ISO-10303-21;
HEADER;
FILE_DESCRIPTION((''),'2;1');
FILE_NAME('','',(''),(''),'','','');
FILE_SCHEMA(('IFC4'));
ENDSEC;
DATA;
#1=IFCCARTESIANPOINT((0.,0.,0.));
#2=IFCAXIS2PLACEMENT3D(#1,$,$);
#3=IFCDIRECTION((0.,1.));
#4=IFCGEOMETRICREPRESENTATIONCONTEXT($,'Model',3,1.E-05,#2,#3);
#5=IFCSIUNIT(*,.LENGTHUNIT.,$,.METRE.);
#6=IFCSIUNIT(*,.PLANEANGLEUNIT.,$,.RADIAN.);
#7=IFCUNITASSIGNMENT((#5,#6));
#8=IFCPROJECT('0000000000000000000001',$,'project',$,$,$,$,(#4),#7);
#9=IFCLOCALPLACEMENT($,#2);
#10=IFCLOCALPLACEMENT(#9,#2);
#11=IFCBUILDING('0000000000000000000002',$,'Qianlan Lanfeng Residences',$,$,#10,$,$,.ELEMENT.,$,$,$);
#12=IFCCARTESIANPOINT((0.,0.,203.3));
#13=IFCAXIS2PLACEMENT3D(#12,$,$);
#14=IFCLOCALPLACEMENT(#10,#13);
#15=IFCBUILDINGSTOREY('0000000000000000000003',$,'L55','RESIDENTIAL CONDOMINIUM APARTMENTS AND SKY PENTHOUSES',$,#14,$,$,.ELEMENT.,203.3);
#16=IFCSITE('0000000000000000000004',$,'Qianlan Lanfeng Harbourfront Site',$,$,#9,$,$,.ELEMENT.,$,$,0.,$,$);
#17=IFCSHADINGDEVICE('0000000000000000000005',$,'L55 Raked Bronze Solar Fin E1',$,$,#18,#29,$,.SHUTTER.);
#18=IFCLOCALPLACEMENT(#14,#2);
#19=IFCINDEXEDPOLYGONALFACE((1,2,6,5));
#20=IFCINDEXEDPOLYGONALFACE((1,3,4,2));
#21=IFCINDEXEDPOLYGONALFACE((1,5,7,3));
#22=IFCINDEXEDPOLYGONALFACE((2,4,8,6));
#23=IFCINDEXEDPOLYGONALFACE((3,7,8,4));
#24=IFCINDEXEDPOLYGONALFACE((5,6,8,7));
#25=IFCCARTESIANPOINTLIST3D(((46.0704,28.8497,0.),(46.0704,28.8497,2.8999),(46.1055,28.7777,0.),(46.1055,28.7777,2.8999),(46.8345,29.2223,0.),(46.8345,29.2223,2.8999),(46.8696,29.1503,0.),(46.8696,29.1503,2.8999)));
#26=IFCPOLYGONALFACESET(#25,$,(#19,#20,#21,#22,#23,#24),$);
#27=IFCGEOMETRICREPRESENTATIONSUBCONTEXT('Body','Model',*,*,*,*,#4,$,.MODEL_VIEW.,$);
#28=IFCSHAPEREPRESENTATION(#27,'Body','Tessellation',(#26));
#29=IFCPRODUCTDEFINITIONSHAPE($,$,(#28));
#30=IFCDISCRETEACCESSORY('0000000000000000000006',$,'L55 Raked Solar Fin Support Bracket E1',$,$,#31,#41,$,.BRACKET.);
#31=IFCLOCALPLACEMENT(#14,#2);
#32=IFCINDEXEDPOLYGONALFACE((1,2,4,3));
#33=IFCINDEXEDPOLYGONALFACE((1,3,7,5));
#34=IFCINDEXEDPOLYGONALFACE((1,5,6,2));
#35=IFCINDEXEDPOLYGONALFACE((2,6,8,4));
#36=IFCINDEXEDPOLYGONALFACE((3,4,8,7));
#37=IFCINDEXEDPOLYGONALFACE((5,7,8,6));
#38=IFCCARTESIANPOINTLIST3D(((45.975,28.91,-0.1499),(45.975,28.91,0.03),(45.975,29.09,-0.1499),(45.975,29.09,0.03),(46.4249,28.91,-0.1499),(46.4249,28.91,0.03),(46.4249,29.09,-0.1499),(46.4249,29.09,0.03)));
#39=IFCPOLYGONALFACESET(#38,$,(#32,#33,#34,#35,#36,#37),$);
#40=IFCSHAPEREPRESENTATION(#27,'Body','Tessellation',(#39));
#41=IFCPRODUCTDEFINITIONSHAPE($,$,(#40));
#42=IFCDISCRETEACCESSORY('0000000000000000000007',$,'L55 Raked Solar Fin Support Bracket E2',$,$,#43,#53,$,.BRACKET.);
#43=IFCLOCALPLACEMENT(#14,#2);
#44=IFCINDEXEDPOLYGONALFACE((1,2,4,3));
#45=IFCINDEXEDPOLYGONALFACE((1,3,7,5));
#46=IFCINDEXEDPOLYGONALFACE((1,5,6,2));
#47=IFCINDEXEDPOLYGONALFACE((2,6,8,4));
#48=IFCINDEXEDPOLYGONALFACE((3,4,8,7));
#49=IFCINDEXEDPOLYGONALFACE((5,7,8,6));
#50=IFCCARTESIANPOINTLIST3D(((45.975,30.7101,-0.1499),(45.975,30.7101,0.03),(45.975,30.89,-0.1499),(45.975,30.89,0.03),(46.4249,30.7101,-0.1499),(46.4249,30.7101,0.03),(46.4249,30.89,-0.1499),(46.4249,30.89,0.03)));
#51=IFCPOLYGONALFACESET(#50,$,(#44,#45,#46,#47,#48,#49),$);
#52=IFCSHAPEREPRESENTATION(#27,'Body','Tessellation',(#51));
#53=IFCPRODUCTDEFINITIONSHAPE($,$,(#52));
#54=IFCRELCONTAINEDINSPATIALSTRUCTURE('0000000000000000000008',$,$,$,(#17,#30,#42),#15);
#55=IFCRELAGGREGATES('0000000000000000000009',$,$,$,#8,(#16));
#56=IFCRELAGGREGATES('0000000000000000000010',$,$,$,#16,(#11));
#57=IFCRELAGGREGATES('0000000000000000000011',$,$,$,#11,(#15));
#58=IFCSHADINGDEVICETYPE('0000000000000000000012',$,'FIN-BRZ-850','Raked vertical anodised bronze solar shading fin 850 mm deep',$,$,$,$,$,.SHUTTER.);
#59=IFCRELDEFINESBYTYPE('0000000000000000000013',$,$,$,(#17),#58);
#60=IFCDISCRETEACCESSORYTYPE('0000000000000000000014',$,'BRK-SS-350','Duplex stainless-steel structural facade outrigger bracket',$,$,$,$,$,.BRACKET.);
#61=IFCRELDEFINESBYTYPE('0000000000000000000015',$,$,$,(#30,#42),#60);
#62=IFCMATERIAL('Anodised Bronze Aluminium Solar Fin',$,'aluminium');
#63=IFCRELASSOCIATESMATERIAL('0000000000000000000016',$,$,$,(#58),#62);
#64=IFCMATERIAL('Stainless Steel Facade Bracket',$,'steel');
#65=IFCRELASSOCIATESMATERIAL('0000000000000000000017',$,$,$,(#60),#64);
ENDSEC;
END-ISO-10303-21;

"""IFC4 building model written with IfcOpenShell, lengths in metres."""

from ifc_helpers import new_model, si_unit, direction, frame, origin, origin_2d, place, context, subcontext, project, spatial, rectangle, extrude, source, transform, mapped, material, type_object, element, save


model = new_model("IFC4")

# Units and contexts
model_context = context("Model", 3, precision=1e-05, world=origin(), true_north=direction((0.0, 1.0)))
body_context = subcontext(model_context, "Body", "Model", "MODEL_VIEW")
ifc_project = project(units=[si_unit("LENGTHUNIT", "METRE"), si_unit("PLANEANGLEUNIT", "RADIAN")], contexts=[model_context])

# Site, building, storey
site_placement = place(None, origin())
site = spatial("IfcSite", under=ifc_project, at=site_placement, Name="Qianlan Lanfeng Harbourfront Site", CompositionType="ELEMENT", RefElevation=0.0)
building_placement = place(site_placement, origin())
building = spatial("IfcBuilding", under=site, at=building_placement, Name="Qianlan Lanfeng Residences", CompositionType="ELEMENT")
storey_placement = place(building_placement, frame((0.0, 0.0, 203.3)))
storey = spatial("IfcBuildingStorey", under=building, at=storey_placement, Name="L55", Description="RESIDENTIAL CONDOMINIUM APARTMENTS AND SKY PENTHOUSES", CompositionType="ELEMENT", Elevation=203.3)

# Shading device
ifc_material_1 = material(Name="Anodised Bronze Aluminium Solar Fin", Category="aluminium")
shading_device_type = type_object("IfcShadingDeviceType", Name="FIN-BRZ-850", Description="Raked vertical anodised bronze solar shading fin 850 mm deep", PredefinedType="SHUTTER", material=ifc_material_1)
shared_shape_1 = source(origin(), body_context, "Body", "SweptSolid", [
    extrude(rectangle(XDim=0.8501, YDim=0.0801, at=origin_2d()), origin(), (0.0, 0.0, 1.0), 2.8999),
])
shading_device_placement = place(storey_placement, frame((46.47, 29.0, 0.0), z_axis=(0.0, 0.0, 1.0), x_axis=(0.898794, 0.438371, 0.0)))
element("IfcShadingDevice", 1, at=shading_device_placement, inside=storey, type_object=shading_device_type, Name="L55 Raked Bronze Solar Fin E1", PredefinedType="SHUTTER", context=body_context, shape_type="MappedRepresentation", body=[
    mapped(shared_shape_1, transform((0.0, 0.0, 0.0), scale=1.0)),
])

# Discrete accessories
ifc_material_2 = material(Name="Stainless Steel Facade Bracket", Category="steel")
discrete_accessory_type = type_object("IfcDiscreteAccessoryType", Name="BRK-SS-350", Description="Duplex stainless-steel structural facade outrigger bracket", PredefinedType="BRACKET", material=ifc_material_2)
shared_shape_2 = source(origin(), body_context, "Body", "SweptSolid", [
    extrude(rectangle(XDim=0.45, YDim=0.1799, at=origin_2d()), origin(), (0.0, 0.0, 1.0), 0.1799),
])
for number, where, z_axis, x_axis, name in (
    (2, (46.2, 29.0, -0.1499), (0.0, 0.0, 1.0), (1.0, 0.0, 0.0), "L55 Raked Solar Fin Support Bracket E1"),
    (3, (46.2, 30.8, -0.1499), (0.0, 0.0, 1.0), (1.0, 0.0, 0.0), "L55 Raked Solar Fin Support Bracket E2"),
):
    element("IfcDiscreteAccessory", number, at=place(storey_placement, frame(where, z_axis=z_axis, x_axis=x_axis)), inside=storey, type_object=discrete_accessory_type, Name=name, PredefinedType="BRACKET", context=body_context, shape_type="MappedRepresentation", body=[
        mapped(shared_shape_2, transform((0.0, 0.0, 0.0), scale=1.0)),
    ])

save(model, "model.ifc")
